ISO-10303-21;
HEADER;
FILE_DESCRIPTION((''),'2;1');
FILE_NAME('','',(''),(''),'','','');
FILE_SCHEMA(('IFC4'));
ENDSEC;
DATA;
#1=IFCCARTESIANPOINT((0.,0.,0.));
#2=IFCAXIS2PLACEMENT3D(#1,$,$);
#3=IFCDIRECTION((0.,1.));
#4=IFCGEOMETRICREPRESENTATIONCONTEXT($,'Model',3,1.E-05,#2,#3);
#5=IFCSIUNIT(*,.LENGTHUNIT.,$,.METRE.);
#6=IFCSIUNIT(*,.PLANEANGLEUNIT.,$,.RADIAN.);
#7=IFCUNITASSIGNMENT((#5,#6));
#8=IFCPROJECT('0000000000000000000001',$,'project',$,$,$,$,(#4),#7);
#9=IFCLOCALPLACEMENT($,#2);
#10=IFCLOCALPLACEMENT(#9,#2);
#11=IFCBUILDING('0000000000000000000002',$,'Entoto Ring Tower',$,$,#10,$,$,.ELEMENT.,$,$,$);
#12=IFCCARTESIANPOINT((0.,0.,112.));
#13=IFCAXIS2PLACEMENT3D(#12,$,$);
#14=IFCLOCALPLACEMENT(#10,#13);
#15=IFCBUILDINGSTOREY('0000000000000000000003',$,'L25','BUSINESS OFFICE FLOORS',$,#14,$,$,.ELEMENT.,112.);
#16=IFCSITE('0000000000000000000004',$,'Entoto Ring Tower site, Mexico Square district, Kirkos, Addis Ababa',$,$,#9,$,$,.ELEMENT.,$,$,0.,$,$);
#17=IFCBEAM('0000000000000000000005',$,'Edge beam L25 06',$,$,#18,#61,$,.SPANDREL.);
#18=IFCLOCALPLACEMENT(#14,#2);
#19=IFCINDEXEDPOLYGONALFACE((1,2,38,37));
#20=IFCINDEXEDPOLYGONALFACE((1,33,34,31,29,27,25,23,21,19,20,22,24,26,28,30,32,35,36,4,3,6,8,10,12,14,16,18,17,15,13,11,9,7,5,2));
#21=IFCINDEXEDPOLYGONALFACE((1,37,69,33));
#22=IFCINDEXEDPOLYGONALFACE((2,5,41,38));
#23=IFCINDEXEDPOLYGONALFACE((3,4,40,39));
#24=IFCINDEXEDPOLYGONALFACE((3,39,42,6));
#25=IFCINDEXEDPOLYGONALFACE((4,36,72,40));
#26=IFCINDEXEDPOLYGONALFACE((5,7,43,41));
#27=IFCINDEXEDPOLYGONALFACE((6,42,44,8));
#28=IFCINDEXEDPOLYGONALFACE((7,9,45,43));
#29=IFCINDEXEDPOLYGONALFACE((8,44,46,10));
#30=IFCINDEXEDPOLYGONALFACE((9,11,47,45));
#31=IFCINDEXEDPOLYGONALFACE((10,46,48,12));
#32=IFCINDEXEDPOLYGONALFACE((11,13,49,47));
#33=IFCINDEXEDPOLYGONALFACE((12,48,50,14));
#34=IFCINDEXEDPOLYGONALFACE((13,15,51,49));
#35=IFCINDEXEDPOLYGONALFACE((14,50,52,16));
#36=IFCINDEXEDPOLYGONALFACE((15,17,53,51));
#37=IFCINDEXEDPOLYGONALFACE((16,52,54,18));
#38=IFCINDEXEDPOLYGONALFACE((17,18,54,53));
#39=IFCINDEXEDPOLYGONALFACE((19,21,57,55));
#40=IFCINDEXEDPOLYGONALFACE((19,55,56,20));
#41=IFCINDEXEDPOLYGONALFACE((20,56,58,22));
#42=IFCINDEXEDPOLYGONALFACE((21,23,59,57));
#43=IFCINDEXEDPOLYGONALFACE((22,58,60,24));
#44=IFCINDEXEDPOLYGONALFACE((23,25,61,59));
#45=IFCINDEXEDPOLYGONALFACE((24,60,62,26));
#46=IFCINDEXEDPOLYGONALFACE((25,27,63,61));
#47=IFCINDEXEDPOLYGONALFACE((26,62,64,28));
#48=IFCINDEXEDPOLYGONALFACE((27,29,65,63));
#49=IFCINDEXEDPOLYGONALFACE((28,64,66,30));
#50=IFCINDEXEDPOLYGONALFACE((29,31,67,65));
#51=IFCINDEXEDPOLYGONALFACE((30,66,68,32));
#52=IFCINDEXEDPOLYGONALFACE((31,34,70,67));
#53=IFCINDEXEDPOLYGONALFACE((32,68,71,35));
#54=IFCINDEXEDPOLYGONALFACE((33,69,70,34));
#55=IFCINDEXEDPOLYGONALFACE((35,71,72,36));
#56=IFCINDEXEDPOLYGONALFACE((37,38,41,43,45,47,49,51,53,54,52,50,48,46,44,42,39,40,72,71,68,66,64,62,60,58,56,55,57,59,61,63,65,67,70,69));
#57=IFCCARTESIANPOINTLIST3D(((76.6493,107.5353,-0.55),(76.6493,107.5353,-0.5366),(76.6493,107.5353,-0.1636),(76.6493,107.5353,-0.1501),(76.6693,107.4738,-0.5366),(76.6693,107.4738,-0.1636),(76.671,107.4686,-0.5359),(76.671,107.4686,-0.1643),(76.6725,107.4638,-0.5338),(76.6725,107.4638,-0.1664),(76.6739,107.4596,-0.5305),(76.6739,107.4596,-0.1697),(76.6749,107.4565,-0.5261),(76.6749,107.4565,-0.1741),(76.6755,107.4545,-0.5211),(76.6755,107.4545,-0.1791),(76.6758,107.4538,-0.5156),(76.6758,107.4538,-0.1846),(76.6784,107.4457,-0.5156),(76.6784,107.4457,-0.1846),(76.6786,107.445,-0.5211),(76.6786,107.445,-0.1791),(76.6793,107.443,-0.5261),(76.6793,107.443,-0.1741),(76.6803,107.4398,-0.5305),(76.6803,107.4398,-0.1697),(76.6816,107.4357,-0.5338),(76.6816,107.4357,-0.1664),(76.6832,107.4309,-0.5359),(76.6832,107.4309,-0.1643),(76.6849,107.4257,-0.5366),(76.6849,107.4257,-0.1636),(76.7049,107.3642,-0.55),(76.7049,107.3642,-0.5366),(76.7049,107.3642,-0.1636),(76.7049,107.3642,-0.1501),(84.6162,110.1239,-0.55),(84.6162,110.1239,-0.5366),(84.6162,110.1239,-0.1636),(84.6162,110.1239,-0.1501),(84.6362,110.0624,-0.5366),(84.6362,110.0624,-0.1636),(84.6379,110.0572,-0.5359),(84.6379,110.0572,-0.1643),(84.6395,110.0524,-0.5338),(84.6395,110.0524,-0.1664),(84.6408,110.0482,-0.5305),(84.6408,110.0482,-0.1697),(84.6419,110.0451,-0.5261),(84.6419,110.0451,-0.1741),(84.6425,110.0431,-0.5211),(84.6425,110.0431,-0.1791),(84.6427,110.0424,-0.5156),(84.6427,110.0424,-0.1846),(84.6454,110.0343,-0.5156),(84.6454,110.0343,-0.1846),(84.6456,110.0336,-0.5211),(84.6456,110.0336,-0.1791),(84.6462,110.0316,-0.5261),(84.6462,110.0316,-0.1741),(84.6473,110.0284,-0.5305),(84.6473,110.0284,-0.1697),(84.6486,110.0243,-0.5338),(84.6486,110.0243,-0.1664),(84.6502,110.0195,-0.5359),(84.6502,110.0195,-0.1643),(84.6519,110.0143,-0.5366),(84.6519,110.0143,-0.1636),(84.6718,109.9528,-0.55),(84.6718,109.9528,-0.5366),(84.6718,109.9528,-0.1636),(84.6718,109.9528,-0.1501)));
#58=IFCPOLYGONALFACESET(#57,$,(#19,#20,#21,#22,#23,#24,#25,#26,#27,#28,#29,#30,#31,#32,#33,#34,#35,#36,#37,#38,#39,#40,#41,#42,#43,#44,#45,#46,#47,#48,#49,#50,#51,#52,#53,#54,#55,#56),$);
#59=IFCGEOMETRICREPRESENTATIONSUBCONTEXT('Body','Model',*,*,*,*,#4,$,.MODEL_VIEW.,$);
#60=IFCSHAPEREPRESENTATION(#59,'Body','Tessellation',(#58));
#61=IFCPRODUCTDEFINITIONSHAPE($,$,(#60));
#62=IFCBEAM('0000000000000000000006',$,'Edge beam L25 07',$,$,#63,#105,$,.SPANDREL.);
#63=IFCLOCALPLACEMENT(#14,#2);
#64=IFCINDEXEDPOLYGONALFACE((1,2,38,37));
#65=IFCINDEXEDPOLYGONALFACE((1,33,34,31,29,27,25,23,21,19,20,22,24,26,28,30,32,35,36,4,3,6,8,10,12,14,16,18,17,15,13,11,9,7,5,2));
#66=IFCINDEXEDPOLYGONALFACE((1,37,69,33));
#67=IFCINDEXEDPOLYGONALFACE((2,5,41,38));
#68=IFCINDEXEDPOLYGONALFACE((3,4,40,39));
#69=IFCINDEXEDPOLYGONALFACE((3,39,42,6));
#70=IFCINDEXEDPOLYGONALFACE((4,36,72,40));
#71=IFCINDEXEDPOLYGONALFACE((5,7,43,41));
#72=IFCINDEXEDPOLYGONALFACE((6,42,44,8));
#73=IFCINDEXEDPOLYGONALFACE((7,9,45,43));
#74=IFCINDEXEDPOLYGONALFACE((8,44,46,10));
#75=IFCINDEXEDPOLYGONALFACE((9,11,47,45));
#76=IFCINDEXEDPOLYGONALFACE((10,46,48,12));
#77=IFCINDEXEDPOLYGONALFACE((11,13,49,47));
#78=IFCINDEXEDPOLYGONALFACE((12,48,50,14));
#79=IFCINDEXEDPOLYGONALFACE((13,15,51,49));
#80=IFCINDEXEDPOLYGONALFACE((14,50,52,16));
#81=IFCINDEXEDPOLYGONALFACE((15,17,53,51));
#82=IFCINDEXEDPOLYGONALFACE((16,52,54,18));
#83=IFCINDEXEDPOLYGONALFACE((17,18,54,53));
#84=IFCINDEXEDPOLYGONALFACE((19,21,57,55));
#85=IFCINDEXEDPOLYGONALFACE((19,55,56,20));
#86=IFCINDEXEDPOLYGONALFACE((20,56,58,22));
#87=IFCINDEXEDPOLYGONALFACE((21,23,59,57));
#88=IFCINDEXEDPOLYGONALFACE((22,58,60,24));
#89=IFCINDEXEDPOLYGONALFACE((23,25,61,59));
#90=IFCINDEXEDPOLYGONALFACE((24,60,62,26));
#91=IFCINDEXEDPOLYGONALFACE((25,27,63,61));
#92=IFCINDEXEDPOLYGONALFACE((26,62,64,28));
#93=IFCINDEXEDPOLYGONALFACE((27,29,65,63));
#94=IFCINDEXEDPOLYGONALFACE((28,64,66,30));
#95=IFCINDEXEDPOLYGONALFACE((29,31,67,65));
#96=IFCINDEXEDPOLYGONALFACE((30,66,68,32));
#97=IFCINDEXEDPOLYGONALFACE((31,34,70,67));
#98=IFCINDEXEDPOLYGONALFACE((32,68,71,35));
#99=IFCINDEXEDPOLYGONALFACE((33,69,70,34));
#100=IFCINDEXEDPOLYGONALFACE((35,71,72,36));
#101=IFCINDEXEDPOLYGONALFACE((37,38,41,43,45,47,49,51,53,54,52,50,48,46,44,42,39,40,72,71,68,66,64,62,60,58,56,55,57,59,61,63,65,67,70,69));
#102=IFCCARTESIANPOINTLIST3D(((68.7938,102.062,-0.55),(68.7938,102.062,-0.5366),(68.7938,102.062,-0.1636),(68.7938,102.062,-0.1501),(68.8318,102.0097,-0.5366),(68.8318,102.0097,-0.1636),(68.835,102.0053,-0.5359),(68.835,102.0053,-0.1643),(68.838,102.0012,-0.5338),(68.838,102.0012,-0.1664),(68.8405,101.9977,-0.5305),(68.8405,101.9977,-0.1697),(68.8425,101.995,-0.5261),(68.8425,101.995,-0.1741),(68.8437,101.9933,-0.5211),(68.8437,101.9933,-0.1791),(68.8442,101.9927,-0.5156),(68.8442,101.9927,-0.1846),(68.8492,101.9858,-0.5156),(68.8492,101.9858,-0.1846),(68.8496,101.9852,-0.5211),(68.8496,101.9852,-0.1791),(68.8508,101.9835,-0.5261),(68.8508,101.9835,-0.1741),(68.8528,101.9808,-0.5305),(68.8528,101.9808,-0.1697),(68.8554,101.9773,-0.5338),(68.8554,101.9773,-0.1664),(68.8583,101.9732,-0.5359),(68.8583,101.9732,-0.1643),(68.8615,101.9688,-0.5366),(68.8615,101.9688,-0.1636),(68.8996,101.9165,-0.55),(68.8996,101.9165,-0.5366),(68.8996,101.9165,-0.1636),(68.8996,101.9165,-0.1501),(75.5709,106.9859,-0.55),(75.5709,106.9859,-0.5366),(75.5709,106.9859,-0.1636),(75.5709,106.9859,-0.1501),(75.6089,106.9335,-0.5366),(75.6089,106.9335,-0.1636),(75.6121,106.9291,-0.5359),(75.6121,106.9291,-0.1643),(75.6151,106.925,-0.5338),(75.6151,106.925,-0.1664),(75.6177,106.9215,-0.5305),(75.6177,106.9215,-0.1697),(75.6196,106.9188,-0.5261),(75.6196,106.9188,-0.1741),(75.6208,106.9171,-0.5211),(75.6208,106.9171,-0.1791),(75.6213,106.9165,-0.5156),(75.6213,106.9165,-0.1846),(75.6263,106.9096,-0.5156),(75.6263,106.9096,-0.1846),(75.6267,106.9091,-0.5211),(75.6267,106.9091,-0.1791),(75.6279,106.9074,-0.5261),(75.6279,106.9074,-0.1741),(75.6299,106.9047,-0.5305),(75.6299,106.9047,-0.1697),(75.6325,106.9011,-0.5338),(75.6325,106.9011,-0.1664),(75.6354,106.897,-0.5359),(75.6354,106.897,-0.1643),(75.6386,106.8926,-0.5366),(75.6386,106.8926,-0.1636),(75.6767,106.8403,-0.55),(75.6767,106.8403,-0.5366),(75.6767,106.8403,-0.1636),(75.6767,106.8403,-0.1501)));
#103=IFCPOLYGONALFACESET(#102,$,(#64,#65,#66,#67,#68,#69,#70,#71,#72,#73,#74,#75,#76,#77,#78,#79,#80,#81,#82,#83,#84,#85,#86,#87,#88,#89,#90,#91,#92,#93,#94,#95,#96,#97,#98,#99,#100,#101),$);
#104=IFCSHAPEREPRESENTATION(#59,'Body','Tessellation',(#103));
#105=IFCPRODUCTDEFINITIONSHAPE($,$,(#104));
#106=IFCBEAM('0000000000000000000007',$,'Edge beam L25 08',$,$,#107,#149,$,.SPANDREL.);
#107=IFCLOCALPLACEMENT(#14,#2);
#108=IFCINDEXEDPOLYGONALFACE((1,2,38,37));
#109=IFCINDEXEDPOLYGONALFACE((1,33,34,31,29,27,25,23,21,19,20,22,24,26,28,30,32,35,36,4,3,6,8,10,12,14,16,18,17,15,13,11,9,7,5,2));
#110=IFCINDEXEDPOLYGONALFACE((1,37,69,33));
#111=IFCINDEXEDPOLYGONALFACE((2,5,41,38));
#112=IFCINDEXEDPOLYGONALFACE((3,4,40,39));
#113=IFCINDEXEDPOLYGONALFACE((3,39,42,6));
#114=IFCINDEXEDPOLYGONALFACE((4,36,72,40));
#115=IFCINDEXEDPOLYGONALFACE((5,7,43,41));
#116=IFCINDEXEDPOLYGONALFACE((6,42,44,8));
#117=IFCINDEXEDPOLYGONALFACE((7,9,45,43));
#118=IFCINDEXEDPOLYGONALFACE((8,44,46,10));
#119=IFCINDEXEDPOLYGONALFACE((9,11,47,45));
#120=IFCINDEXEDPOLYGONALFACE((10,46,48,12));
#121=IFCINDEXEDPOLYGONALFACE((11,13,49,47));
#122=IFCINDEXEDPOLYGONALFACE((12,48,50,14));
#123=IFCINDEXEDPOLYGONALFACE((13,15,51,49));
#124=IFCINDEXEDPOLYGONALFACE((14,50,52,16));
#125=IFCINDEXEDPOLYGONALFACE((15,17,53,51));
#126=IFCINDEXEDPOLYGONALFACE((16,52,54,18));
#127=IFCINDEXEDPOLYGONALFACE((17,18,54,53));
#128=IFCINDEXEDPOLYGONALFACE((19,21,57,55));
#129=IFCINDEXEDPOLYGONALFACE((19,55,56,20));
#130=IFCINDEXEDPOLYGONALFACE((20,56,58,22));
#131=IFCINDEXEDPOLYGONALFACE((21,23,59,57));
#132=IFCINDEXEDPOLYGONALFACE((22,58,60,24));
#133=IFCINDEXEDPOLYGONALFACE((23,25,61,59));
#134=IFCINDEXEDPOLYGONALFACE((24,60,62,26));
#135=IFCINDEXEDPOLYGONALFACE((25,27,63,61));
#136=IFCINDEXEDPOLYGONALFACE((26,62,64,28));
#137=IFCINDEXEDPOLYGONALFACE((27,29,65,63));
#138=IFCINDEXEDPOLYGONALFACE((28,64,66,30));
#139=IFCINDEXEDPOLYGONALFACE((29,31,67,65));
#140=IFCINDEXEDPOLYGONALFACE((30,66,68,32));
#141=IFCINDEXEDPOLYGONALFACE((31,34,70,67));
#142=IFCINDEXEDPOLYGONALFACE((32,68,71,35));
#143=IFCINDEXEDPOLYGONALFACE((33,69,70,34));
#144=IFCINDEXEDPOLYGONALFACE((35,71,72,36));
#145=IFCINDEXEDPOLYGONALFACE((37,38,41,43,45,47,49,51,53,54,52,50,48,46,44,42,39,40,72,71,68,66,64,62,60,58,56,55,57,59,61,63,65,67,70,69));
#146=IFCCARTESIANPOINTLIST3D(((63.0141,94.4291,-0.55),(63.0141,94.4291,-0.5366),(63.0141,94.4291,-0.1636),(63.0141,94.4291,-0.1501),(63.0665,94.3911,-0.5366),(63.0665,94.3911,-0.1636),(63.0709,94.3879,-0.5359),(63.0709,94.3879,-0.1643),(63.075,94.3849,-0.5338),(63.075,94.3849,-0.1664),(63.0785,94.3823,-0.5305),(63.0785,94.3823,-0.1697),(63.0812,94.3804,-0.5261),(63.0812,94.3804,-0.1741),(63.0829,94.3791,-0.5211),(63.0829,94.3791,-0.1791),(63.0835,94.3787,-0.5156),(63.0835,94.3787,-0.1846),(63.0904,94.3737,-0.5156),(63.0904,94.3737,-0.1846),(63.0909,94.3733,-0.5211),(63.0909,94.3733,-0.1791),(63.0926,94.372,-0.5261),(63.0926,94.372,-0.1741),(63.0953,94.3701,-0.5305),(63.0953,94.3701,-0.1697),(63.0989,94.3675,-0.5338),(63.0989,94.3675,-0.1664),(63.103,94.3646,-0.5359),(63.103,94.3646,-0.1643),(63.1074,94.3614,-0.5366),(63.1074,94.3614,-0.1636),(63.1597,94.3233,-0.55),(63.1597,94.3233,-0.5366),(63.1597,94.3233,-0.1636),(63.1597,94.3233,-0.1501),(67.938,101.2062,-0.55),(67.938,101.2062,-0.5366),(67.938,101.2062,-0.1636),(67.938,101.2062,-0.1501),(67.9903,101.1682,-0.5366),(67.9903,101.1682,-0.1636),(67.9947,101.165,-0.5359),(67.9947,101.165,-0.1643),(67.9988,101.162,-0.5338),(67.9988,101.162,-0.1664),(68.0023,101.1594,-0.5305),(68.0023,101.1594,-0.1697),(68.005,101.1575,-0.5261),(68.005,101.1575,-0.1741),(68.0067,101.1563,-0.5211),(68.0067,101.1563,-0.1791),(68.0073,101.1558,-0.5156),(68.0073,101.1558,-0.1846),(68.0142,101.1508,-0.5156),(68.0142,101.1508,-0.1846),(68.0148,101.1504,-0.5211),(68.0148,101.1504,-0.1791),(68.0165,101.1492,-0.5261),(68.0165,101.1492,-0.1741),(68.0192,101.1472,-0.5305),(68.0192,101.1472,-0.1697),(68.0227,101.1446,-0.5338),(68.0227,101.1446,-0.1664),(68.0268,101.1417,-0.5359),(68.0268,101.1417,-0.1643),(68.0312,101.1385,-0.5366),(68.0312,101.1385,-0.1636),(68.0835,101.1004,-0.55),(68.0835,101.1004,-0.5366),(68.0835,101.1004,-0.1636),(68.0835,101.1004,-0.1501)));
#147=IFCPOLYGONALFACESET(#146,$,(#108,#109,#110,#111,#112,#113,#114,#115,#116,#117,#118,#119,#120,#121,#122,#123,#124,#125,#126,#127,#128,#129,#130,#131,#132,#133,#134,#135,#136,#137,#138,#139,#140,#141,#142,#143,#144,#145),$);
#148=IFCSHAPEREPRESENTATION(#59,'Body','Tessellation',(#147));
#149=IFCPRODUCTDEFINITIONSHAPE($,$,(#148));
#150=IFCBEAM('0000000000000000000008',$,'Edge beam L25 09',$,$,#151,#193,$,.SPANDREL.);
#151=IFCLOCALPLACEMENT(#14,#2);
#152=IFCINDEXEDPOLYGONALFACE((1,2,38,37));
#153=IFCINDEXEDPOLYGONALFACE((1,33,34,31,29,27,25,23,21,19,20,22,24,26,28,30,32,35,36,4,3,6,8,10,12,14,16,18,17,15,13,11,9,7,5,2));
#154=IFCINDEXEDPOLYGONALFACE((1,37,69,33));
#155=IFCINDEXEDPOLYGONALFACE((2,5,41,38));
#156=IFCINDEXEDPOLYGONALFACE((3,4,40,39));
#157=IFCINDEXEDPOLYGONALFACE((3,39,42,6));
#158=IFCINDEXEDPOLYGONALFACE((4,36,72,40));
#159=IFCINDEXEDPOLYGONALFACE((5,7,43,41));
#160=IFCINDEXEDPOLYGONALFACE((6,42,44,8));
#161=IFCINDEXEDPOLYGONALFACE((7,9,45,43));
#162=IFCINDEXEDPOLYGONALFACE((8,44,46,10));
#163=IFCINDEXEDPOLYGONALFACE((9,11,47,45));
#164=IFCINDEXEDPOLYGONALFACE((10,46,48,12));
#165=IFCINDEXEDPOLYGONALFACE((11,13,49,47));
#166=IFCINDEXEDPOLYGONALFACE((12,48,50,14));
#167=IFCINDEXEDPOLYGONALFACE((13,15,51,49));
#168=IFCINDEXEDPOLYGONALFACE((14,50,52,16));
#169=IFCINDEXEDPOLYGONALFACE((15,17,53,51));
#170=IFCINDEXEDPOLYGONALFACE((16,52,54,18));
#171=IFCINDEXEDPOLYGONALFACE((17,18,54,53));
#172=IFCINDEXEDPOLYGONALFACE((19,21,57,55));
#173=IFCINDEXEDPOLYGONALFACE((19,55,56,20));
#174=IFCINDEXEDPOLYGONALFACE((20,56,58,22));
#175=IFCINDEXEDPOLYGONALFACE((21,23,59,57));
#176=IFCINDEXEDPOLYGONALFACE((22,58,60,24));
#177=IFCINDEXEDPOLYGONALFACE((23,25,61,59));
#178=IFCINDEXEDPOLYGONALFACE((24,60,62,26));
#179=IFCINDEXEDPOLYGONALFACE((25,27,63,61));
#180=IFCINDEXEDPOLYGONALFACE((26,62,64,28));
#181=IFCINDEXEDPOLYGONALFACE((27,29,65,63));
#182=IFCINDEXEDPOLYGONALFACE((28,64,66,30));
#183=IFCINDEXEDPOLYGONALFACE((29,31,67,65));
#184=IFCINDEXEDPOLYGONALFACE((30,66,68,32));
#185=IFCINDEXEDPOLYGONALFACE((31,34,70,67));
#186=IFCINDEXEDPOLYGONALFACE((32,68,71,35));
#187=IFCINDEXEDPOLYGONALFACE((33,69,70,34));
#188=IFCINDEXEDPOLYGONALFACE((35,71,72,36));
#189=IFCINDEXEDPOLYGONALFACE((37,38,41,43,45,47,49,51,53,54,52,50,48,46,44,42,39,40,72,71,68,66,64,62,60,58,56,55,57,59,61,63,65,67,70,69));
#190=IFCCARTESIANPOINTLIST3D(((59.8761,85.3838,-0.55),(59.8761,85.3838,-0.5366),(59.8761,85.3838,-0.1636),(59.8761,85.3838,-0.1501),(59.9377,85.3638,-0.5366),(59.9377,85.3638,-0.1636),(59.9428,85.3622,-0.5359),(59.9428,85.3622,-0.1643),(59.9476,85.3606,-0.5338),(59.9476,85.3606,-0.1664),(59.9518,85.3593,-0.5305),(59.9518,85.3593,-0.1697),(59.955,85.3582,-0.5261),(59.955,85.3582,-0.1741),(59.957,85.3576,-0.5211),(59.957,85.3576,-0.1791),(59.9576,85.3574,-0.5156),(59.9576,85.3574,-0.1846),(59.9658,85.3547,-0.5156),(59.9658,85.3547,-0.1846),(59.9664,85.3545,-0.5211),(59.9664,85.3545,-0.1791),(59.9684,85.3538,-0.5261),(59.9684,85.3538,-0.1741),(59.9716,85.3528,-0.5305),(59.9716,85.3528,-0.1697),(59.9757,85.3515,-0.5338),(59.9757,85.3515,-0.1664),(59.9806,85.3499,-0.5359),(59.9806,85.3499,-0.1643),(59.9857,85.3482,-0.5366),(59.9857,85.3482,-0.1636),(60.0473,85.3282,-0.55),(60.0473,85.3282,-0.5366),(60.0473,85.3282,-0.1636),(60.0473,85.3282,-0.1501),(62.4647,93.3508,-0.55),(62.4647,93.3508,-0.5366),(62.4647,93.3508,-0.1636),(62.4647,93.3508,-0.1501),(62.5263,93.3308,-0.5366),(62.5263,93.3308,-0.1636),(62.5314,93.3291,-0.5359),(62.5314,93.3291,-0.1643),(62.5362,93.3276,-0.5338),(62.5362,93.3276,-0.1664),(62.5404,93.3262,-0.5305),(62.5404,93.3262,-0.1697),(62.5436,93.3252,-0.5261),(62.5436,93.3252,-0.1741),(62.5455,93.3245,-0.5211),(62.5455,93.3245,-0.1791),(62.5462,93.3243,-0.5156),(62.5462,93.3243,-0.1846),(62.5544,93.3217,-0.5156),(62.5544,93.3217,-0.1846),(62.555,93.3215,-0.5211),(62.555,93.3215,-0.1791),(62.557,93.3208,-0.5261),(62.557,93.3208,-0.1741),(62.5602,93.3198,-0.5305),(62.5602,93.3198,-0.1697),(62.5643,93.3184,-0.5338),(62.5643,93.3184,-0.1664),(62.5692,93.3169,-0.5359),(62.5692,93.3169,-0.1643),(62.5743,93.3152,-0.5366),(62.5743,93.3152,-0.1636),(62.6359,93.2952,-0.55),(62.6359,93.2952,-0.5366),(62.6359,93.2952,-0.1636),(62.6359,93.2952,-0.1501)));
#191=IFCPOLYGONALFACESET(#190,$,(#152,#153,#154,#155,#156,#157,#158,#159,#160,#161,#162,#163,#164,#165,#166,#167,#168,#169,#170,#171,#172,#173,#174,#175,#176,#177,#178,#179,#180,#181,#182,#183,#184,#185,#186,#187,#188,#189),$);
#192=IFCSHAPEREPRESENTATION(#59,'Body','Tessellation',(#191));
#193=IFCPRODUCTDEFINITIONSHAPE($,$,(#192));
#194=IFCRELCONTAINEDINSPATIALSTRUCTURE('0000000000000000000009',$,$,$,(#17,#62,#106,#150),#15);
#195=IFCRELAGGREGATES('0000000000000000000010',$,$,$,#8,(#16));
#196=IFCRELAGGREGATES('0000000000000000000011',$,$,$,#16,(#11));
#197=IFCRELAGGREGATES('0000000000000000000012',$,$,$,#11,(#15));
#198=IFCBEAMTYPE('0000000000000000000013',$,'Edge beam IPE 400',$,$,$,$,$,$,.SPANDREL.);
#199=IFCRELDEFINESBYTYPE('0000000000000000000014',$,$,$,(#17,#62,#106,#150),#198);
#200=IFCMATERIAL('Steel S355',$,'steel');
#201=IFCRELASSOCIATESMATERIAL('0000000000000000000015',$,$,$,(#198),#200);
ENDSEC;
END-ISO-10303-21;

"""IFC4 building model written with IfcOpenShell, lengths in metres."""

from ifc_helpers import new_model, si_unit, direction, frame, origin, origin_2d, place, context, subcontext, project, spatial, i_section, extrude, material, material_profile, profile_set, type_object, element, save


model = new_model("IFC4")

# Units and contexts
model_context = context("Model", 3, precision=1e-05, world=origin(), true_north=direction((0.0, 1.0)))
body_context = subcontext(model_context, "Body", "Model", "MODEL_VIEW")
ifc_project = project(units=[si_unit("LENGTHUNIT", "METRE"), si_unit("PLANEANGLEUNIT", "RADIAN")], contexts=[model_context])

# Site, building, storey
site_placement = place(None, origin())
site = spatial("IfcSite", under=ifc_project, at=site_placement, Name="Entoto Ring Tower site, Mexico Square district, Kirkos, Addis Ababa", CompositionType="ELEMENT", RefElevation=0.0)
building_placement = place(site_placement, origin())
building = spatial("IfcBuilding", under=site, at=building_placement, Name="Entoto Ring Tower", CompositionType="ELEMENT")
storey_placement = place(building_placement, frame((0.0, 0.0, 112.0)))
storey = spatial("IfcBuildingStorey", under=building, at=storey_placement, Name="L25", Description="BUSINESS OFFICE FLOORS", CompositionType="ELEMENT", Elevation=112.0)

# Beams
ifc_material_1 = material(Name="Steel S355", Category="steel")
ifc_material_profile_1 = material_profile(ifc_material_1, i_section(OverallWidth=0.1799, OverallDepth=0.3999, WebThickness=0.0085, FlangeThickness=0.0134, FilletRadius=0.021, at=origin_2d()), Name="IPE 400")
ifc_profile_set_1 = profile_set([ifc_material_profile_1], Name="Steel S355")
beam_type_1 = type_object("IfcBeamType", Name="Edge beam IPE 400", PredefinedType="SPANDREL", material=ifc_profile_set_1)
for number, where, z_axis, x_axis, name in (
    (1, (84.644, 110.0383, -0.3501), (-0.951057, -0.309014, 0.0), (0.309014, -0.951057, 0.0), "Edge beam L25 06"),
    (2, (75.6238, 106.9131, -0.3501), (-0.809018, -0.587783, 0.0), (0.587783, -0.809018, 0.0), "Edge beam L25 07"),
    (3, (68.0107, 101.1533, -0.3501), (-0.587783, -0.809018, 0.0), (0.809018, -0.587783, 0.0), "Edge beam L25 08"),
    (4, (62.5503, 93.323, -0.3501), (-0.309014, -0.951057, 0.0), (0.951057, -0.309014, 0.0), "Edge beam L25 09"),
):
    element("IfcBeam", number, at=place(storey_placement, frame(where, z_axis=z_axis, x_axis=x_axis)), inside=storey, type_object=beam_type_1, Name=name, PredefinedType="SPANDREL", context=body_context, shape_type="SweptSolid", body=[
        extrude(i_section(OverallWidth=0.1799, OverallDepth=0.3999, WebThickness=0.0085, FlangeThickness=0.0134, FilletRadius=0.021, at=origin_2d()), origin(), (0.0, 0.0, 1.0), 8.377),
    ])

save(model, "model.ifc")
